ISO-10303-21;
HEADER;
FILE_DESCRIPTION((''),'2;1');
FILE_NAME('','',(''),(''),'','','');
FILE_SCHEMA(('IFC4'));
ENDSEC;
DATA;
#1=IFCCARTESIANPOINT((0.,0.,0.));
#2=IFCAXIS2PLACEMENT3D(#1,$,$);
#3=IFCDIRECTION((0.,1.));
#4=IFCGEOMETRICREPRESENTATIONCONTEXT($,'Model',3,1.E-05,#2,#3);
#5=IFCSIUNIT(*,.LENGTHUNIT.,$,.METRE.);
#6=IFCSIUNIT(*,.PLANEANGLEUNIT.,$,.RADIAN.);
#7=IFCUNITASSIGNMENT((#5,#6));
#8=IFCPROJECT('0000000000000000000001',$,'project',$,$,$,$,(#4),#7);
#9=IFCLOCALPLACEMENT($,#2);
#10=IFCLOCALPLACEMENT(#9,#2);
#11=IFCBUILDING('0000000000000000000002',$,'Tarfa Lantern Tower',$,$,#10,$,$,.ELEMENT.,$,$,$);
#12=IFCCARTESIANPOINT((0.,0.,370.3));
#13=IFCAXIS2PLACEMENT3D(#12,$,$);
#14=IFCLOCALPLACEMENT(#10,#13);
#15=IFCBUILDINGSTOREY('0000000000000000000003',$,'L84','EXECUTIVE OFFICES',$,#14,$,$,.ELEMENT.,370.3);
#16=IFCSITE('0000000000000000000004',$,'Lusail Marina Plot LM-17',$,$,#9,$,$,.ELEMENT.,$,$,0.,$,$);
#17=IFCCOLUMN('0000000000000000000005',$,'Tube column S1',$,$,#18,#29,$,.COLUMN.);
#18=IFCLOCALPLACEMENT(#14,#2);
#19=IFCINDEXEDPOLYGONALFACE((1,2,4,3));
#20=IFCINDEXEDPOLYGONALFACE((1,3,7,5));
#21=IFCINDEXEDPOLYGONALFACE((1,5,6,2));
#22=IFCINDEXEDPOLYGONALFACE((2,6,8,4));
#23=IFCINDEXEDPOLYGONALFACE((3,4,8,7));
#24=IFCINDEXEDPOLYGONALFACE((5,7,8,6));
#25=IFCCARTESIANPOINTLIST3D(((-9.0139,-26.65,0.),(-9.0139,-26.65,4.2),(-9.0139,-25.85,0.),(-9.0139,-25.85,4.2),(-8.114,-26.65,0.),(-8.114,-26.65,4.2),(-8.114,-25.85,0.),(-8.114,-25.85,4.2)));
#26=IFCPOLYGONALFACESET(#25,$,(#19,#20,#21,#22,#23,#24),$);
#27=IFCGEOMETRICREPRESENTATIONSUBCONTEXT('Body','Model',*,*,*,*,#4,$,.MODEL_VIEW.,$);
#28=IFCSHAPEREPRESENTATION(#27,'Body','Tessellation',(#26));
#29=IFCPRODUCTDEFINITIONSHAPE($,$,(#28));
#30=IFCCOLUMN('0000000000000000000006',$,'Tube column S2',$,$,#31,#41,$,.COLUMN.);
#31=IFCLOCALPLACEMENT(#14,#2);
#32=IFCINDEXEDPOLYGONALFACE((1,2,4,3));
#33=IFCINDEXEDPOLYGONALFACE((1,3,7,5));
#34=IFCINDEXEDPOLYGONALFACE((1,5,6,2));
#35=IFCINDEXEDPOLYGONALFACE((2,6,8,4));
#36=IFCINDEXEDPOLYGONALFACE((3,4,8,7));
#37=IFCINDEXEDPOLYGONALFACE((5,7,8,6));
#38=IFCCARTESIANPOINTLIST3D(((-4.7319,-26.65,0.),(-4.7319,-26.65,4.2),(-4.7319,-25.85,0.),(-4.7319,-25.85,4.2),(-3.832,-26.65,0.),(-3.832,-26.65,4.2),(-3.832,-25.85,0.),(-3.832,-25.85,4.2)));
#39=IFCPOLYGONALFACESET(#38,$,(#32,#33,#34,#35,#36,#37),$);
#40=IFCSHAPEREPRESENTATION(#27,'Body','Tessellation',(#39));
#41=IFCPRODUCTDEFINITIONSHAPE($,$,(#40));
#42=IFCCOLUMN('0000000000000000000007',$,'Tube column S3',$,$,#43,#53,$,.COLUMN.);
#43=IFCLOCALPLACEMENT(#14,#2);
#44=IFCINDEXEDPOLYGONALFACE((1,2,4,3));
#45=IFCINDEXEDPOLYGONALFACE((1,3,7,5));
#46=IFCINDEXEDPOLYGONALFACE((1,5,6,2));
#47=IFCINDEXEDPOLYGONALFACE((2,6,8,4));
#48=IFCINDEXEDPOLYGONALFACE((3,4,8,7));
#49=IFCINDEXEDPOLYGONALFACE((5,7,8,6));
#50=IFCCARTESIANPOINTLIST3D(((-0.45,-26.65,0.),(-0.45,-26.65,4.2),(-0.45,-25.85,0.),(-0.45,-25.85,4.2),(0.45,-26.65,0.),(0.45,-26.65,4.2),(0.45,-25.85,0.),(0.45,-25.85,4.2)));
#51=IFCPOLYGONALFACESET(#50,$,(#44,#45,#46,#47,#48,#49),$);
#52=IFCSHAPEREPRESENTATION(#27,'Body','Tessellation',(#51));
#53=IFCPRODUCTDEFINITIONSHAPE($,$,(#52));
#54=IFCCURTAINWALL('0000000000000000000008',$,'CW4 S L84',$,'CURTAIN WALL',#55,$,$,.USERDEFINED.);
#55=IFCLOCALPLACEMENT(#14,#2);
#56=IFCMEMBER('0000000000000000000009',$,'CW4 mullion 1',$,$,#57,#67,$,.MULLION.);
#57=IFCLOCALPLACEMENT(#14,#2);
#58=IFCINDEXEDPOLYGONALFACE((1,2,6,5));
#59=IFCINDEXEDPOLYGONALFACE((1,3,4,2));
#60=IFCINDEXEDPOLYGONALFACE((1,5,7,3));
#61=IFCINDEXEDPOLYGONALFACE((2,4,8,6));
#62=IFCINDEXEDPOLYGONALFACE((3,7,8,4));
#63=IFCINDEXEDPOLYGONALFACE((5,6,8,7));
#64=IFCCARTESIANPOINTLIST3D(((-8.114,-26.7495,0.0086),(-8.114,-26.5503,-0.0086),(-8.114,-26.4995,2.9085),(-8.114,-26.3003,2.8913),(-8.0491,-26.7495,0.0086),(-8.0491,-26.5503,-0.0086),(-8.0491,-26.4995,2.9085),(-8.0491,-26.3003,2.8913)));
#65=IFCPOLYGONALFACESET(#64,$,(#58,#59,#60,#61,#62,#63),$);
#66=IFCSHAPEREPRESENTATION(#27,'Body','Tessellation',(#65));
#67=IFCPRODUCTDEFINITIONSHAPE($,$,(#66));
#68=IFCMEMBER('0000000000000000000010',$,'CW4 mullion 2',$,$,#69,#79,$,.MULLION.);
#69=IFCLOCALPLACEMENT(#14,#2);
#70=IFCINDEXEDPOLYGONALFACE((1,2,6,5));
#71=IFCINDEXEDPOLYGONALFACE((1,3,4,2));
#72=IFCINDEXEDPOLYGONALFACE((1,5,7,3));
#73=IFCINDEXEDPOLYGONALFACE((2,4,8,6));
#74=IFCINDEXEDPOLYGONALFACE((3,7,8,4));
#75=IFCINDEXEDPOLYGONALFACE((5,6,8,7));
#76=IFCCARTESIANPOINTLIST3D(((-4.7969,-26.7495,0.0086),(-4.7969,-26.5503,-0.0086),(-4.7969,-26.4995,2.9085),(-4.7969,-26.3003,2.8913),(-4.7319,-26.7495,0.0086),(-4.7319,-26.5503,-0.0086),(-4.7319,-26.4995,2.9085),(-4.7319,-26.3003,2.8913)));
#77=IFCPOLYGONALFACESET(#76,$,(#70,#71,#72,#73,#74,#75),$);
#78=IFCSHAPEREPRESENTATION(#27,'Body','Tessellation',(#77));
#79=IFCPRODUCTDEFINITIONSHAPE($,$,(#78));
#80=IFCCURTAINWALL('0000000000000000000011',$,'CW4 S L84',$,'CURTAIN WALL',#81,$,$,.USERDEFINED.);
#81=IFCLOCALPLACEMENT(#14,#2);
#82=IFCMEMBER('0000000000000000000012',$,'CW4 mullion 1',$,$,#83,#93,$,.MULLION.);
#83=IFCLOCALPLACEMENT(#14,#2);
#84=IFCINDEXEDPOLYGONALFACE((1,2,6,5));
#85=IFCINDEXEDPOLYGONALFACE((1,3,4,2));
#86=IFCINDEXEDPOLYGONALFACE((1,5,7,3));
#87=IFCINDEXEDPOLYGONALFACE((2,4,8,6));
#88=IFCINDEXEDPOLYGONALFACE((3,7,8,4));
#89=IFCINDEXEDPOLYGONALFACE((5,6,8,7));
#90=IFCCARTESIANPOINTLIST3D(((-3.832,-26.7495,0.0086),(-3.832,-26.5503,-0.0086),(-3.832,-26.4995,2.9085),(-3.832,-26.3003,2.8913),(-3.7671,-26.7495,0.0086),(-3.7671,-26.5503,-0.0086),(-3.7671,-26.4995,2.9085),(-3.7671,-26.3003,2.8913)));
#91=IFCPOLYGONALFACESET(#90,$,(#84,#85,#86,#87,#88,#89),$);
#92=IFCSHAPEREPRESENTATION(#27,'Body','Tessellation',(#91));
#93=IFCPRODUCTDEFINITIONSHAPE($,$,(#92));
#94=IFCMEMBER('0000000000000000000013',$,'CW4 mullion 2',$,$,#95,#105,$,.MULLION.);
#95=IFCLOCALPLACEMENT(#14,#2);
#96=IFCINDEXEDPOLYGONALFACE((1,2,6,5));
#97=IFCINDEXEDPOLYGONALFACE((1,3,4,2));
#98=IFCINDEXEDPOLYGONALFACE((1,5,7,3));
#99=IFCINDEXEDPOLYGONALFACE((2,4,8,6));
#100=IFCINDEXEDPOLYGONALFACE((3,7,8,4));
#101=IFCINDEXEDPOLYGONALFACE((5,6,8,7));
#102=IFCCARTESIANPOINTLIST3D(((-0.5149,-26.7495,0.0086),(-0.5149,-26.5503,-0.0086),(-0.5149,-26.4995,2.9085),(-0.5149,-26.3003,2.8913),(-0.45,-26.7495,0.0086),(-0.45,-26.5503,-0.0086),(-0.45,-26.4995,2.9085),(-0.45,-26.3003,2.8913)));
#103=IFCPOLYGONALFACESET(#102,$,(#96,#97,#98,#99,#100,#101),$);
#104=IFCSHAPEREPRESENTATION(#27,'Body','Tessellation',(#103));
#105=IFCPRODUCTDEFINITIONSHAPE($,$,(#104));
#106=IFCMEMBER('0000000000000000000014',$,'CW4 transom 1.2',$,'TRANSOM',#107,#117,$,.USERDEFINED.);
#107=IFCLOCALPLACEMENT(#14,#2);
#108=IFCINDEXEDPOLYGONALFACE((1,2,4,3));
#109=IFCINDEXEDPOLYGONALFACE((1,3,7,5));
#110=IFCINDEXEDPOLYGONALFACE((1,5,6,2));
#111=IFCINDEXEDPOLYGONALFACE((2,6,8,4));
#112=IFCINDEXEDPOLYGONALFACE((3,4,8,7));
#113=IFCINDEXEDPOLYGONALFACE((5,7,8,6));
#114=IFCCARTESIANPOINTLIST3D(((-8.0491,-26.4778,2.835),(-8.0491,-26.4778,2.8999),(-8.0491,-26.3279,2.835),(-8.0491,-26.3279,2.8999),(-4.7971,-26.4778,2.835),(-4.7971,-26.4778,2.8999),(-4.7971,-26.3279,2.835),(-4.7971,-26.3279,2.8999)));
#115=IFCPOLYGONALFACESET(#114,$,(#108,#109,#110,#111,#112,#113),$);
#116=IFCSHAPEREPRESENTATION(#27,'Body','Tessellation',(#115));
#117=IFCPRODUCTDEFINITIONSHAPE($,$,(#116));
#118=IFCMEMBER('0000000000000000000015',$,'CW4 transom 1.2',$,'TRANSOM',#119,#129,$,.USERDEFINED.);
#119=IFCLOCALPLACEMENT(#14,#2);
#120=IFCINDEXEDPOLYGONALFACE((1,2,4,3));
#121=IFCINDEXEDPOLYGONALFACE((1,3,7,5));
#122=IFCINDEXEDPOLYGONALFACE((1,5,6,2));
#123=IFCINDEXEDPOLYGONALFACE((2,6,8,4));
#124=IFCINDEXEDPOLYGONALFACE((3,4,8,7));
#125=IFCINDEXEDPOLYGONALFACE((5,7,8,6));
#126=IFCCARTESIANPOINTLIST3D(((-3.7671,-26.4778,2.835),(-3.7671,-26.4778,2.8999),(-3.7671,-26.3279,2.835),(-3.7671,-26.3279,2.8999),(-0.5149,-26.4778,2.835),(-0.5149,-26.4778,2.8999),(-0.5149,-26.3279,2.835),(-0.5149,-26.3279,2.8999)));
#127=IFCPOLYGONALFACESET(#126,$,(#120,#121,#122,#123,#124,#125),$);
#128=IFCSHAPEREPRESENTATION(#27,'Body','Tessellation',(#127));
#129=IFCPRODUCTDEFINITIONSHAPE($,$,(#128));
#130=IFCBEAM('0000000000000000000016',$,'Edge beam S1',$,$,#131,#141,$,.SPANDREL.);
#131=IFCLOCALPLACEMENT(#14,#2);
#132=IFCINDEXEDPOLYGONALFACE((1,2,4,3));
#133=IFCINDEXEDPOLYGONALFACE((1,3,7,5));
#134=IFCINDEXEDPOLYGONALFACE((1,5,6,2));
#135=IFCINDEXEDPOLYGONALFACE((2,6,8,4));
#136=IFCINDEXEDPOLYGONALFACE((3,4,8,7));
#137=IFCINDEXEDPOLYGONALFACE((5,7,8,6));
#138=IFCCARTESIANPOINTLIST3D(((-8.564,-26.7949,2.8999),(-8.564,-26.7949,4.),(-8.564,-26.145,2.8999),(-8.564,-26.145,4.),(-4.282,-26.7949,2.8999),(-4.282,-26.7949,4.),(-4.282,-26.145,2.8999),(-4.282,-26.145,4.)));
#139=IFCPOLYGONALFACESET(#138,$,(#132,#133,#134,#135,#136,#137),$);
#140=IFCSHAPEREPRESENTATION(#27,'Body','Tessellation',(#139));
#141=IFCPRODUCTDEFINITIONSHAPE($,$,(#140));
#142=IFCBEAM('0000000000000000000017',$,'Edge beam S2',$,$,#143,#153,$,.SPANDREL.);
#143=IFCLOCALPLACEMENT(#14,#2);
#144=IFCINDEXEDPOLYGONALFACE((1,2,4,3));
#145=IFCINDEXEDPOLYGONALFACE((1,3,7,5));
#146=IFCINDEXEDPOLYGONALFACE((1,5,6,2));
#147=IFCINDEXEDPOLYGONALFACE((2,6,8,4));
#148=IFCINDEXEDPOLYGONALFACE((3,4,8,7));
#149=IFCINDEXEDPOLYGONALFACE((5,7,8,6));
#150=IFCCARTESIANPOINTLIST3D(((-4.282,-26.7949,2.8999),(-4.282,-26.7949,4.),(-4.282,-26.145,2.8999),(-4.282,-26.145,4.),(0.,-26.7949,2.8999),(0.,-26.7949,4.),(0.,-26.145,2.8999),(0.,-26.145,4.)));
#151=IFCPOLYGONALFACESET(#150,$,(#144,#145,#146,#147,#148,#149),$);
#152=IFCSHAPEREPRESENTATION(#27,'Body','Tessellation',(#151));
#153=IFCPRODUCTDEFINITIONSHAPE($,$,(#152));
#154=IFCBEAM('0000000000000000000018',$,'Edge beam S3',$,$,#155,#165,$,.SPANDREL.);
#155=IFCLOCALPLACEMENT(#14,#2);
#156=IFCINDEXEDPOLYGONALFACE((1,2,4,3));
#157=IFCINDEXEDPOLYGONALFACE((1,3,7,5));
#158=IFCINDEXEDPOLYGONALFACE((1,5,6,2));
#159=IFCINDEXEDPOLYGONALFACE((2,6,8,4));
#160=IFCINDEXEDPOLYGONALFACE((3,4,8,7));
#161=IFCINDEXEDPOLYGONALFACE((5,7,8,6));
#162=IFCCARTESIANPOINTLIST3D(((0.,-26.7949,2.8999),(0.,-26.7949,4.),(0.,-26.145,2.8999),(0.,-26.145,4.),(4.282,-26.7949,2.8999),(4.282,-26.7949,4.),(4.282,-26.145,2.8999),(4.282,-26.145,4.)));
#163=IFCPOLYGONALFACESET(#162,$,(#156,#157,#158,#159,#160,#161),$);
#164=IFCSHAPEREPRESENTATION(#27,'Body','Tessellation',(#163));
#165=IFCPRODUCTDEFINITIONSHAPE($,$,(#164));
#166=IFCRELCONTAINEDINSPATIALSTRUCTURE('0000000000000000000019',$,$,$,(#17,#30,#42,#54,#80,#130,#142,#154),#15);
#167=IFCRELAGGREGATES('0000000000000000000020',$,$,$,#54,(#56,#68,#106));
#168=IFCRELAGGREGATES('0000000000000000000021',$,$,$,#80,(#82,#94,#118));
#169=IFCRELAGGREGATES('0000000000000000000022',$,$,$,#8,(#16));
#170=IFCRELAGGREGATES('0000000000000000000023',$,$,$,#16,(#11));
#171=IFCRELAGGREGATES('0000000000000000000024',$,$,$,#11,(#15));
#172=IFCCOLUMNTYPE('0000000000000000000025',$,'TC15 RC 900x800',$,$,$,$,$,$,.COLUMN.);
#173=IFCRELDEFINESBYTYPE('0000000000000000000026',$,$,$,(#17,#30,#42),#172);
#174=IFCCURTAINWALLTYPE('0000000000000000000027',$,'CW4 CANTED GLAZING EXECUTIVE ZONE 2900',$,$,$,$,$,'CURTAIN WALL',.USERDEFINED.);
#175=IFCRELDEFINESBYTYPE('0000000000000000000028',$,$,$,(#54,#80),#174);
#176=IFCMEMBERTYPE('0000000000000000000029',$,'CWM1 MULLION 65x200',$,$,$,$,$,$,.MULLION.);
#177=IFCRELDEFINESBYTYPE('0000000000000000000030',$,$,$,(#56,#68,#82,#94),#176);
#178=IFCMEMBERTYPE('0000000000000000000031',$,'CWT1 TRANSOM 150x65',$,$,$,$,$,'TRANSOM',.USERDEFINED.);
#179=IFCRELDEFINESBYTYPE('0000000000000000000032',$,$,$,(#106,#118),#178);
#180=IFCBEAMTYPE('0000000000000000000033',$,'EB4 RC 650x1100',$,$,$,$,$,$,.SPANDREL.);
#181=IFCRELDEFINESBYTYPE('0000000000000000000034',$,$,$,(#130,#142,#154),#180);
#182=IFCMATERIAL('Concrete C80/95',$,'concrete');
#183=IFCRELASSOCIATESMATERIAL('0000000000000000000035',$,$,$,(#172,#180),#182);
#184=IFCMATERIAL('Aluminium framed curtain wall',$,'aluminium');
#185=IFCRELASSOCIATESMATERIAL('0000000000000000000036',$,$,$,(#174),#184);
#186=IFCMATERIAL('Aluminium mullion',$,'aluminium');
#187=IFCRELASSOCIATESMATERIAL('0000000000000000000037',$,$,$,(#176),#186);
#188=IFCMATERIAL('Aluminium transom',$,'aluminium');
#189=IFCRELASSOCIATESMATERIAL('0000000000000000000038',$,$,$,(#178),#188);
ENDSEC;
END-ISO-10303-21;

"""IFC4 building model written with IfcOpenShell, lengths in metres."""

from ifc_helpers import new_model, si_unit, direction, frame, origin, origin_2d, place, context, subcontext, project, spatial, rectangle, extrude, material, material_profile, profile_set, type_object, element, aggregate, save


model = new_model("IFC4")

# Units and contexts
model_context = context("Model", 3, precision=1e-05, world=origin(), true_north=direction((0.0, 1.0)))
body_context = subcontext(model_context, "Body", "Model", "MODEL_VIEW")
ifc_project = project(units=[si_unit("LENGTHUNIT", "METRE"), si_unit("PLANEANGLEUNIT", "RADIAN")], contexts=[model_context])

# Site, building, storey
site_placement = place(None, origin())
site = spatial("IfcSite", under=ifc_project, at=site_placement, Name="Lusail Marina Plot LM-17", CompositionType="ELEMENT", RefElevation=0.0)
building_placement = place(site_placement, origin())
building = spatial("IfcBuilding", under=site, at=building_placement, Name="Tarfa Lantern Tower", CompositionType="ELEMENT")
storey_placement = place(building_placement, frame((0.0, 0.0, 370.3)))
storey = spatial("IfcBuildingStorey", under=building, at=storey_placement, Name="L84", Description="EXECUTIVE OFFICES", CompositionType="ELEMENT", Elevation=370.3)

# Columns
ifc_material_1 = material(Name="Concrete C80/95", Category="concrete")
ifc_material_profile_1 = material_profile(ifc_material_1, rectangle(XDim=0.8999, YDim=0.8, at=origin_2d()), Name="RC 900x800")
ifc_profile_set_1 = profile_set([ifc_material_profile_1], Name="Concrete C80/95")
column_type = type_object("IfcColumnType", Name="TC15 RC 900x800", PredefinedType="COLUMN", material=ifc_profile_set_1)
for number, where, z_axis, x_axis, name in (
    (1, (-8.564, -26.25, 0.0), (0.0, 0.0, 1.0), (1.0, 0.0, 0.0), "Tube column S1"),
    (2, (-4.282, -26.25, 0.0), (0.0, 0.0, 1.0), (1.0, 0.0, 0.0), "Tube column S2"),
    (3, (0.0, -26.25, 0.0), (0.0, 0.0, 1.0), (1.0, 0.0, 0.0), "Tube column S3"),
):
    element("IfcColumn", number, at=place(storey_placement, frame(where, z_axis=z_axis, x_axis=x_axis)), inside=storey, type_object=column_type, Name=name, PredefinedType="COLUMN", context=body_context, shape_type="SweptSolid", body=[
        extrude(rectangle(XDim=0.8999, YDim=0.8, at=origin_2d()), origin(), (0.0, 0.0, 1.0), 4.2),
    ])

# Curtain walls, members
ifc_material_2 = material(Name="Aluminium framed curtain wall", Category="aluminium")
curtain_wall_type = type_object("IfcCurtainWallType", Name="CW4 CANTED GLAZING EXECUTIVE ZONE 2900", ElementType="CURTAIN WALL", PredefinedType="USERDEFINED", material=ifc_material_2)
curtain_wall_1_placement = place(storey_placement, origin())
curtain_wall_1 = element("IfcCurtainWall", 4, at=curtain_wall_1_placement, inside=storey, type_object=curtain_wall_type, Name="CW4 S L84", ObjectType="CURTAIN WALL", PredefinedType="USERDEFINED")
ifc_material_3 = material(Name="Aluminium mullion", Category="aluminium")
ifc_material_profile_2 = material_profile(ifc_material_3, rectangle(XDim=0.0649, YDim=0.2, at=origin_2d()), Name="AL MULLION 65x200")
ifc_profile_set_2 = profile_set([ifc_material_profile_2], Name="Aluminium mullion")
member_type_1 = type_object("IfcMemberType", Name="CWM1 MULLION 65x200", PredefinedType="MULLION", material=ifc_profile_set_2)
member_1_placement = place(storey_placement, frame((-8.0815, -26.6499, 0.0), z_axis=(0.0, 0.085891, 0.996305), x_axis=(-1.0, 0.0, 0.0)))
member_1 = element("IfcMember", 5, at=member_1_placement, type_object=member_type_1, Name="CW4 mullion 1", PredefinedType="MULLION", context=body_context, shape_type="SweptSolid", body=[
    extrude(rectangle(XDim=0.0649, YDim=0.2, at=origin_2d()), origin(), (0.0, 0.0, 1.0), 2.9106),
])
member_2_placement = place(storey_placement, frame((-4.7644, -26.6499, 0.0), z_axis=(0.0, 0.085891, 0.996305), x_axis=(-1.0, 0.0, 0.0)))
member_2 = element("IfcMember", 6, at=member_2_placement, type_object=member_type_1, Name="CW4 mullion 2", PredefinedType="MULLION", context=body_context, shape_type="SweptSolid", body=[
    extrude(rectangle(XDim=0.0649, YDim=0.2, at=origin_2d()), origin(), (0.0, 0.0, 1.0), 2.9106),
])
curtain_wall_2_placement = place(storey_placement, origin())
curtain_wall_2 = element("IfcCurtainWall", 7, at=curtain_wall_2_placement, inside=storey, type_object=curtain_wall_type, Name="CW4 S L84", ObjectType="CURTAIN WALL", PredefinedType="USERDEFINED")
member_3_placement = place(storey_placement, frame((-3.7996, -26.6499, 0.0), z_axis=(0.0, 0.085891, 0.996305), x_axis=(-1.0, 0.0, 0.0)))
member_3 = element("IfcMember", 8, at=member_3_placement, type_object=member_type_1, Name="CW4 mullion 1", PredefinedType="MULLION", context=body_context, shape_type="SweptSolid", body=[
    extrude(rectangle(XDim=0.0649, YDim=0.2, at=origin_2d()), origin(), (0.0, 0.0, 1.0), 2.9106),
])
member_4_placement = place(storey_placement, frame((-0.4824, -26.6499, 0.0), z_axis=(0.0, 0.085891, 0.996305), x_axis=(-1.0, 0.0, 0.0)))
member_4 = element("IfcMember", 9, at=member_4_placement, type_object=member_type_1, Name="CW4 mullion 2", PredefinedType="MULLION", context=body_context, shape_type="SweptSolid", body=[
    extrude(rectangle(XDim=0.0649, YDim=0.2, at=origin_2d()), origin(), (0.0, 0.0, 1.0), 2.9106),
])

# Members
ifc_material_4 = material(Name="Aluminium transom", Category="aluminium")
ifc_material_profile_3 = material_profile(ifc_material_4, rectangle(XDim=0.1499, YDim=0.0649, at=origin_2d()), Name="AL TRANSOM 150x65")
ifc_profile_set_3 = profile_set([ifc_material_profile_3], Name="Aluminium transom")
member_type_2 = type_object("IfcMemberType", Name="CWT1 TRANSOM 150x65", ElementType="TRANSOM", PredefinedType="USERDEFINED", material=ifc_profile_set_3)
member_5_placement = place(storey_placement, frame((-8.0491, -26.4028, 2.8674), z_axis=(1.0, 0.0, 0.0), x_axis=(0.0, 1.0, 0.0)))
member_5 = element("IfcMember", 10, at=member_5_placement, type_object=member_type_2, Name="CW4 transom 1.2", ObjectType="TRANSOM", PredefinedType="USERDEFINED", context=body_context, shape_type="SweptSolid", body=[
    extrude(rectangle(XDim=0.1499, YDim=0.0649, at=origin_2d()), origin(), (0.0, 0.0, 1.0), 3.252),
])
member_6_placement = place(storey_placement, frame((-3.7671, -26.4028, 2.8674), z_axis=(1.0, 0.0, 0.0), x_axis=(0.0, 1.0, 0.0)))
member_6 = element("IfcMember", 11, at=member_6_placement, type_object=member_type_2, Name="CW4 transom 1.2", ObjectType="TRANSOM", PredefinedType="USERDEFINED", context=body_context, shape_type="SweptSolid", body=[
    extrude(rectangle(XDim=0.1499, YDim=0.0649, at=origin_2d()), origin(), (0.0, 0.0, 1.0), 3.2522),
])

# Beams
ifc_material_profile_4 = material_profile(ifc_material_1, rectangle(XDim=0.6499, YDim=1.1001, at=origin_2d()), Name="RC 650x1100")
ifc_profile_set_4 = profile_set([ifc_material_profile_4], Name="Concrete C80/95")
beam_type_1 = type_object("IfcBeamType", Name="EB4 RC 650x1100", PredefinedType="SPANDREL", material=ifc_profile_set_4)
for number, where, z_axis, x_axis, name in (
    (12, (-8.564, -26.47, 3.45), (1.0, 0.0, 0.0), (0.0, 1.0, 0.0), "Edge beam S1"),
    (13, (-4.282, -26.47, 3.45), (1.0, 0.0, 0.0), (0.0, 1.0, 0.0), "Edge beam S2"),
    (14, (0.0, -26.47, 3.45), (1.0, 0.0, 0.0), (0.0, 1.0, 0.0), "Edge beam S3"),
):
    element("IfcBeam", number, at=place(storey_placement, frame(where, z_axis=z_axis, x_axis=x_axis)), inside=storey, type_object=beam_type_1, Name=name, PredefinedType="SPANDREL", context=body_context, shape_type="SweptSolid", body=[
        extrude(rectangle(XDim=0.6499, YDim=1.1001, at=origin_2d()), origin(), (0.0, 0.0, 1.0), 4.282),
    ])

aggregate(curtain_wall_1, [member_1, member_2, member_5])
aggregate(curtain_wall_2, [member_3, member_4, member_6])

save(model, "model.ifc")
